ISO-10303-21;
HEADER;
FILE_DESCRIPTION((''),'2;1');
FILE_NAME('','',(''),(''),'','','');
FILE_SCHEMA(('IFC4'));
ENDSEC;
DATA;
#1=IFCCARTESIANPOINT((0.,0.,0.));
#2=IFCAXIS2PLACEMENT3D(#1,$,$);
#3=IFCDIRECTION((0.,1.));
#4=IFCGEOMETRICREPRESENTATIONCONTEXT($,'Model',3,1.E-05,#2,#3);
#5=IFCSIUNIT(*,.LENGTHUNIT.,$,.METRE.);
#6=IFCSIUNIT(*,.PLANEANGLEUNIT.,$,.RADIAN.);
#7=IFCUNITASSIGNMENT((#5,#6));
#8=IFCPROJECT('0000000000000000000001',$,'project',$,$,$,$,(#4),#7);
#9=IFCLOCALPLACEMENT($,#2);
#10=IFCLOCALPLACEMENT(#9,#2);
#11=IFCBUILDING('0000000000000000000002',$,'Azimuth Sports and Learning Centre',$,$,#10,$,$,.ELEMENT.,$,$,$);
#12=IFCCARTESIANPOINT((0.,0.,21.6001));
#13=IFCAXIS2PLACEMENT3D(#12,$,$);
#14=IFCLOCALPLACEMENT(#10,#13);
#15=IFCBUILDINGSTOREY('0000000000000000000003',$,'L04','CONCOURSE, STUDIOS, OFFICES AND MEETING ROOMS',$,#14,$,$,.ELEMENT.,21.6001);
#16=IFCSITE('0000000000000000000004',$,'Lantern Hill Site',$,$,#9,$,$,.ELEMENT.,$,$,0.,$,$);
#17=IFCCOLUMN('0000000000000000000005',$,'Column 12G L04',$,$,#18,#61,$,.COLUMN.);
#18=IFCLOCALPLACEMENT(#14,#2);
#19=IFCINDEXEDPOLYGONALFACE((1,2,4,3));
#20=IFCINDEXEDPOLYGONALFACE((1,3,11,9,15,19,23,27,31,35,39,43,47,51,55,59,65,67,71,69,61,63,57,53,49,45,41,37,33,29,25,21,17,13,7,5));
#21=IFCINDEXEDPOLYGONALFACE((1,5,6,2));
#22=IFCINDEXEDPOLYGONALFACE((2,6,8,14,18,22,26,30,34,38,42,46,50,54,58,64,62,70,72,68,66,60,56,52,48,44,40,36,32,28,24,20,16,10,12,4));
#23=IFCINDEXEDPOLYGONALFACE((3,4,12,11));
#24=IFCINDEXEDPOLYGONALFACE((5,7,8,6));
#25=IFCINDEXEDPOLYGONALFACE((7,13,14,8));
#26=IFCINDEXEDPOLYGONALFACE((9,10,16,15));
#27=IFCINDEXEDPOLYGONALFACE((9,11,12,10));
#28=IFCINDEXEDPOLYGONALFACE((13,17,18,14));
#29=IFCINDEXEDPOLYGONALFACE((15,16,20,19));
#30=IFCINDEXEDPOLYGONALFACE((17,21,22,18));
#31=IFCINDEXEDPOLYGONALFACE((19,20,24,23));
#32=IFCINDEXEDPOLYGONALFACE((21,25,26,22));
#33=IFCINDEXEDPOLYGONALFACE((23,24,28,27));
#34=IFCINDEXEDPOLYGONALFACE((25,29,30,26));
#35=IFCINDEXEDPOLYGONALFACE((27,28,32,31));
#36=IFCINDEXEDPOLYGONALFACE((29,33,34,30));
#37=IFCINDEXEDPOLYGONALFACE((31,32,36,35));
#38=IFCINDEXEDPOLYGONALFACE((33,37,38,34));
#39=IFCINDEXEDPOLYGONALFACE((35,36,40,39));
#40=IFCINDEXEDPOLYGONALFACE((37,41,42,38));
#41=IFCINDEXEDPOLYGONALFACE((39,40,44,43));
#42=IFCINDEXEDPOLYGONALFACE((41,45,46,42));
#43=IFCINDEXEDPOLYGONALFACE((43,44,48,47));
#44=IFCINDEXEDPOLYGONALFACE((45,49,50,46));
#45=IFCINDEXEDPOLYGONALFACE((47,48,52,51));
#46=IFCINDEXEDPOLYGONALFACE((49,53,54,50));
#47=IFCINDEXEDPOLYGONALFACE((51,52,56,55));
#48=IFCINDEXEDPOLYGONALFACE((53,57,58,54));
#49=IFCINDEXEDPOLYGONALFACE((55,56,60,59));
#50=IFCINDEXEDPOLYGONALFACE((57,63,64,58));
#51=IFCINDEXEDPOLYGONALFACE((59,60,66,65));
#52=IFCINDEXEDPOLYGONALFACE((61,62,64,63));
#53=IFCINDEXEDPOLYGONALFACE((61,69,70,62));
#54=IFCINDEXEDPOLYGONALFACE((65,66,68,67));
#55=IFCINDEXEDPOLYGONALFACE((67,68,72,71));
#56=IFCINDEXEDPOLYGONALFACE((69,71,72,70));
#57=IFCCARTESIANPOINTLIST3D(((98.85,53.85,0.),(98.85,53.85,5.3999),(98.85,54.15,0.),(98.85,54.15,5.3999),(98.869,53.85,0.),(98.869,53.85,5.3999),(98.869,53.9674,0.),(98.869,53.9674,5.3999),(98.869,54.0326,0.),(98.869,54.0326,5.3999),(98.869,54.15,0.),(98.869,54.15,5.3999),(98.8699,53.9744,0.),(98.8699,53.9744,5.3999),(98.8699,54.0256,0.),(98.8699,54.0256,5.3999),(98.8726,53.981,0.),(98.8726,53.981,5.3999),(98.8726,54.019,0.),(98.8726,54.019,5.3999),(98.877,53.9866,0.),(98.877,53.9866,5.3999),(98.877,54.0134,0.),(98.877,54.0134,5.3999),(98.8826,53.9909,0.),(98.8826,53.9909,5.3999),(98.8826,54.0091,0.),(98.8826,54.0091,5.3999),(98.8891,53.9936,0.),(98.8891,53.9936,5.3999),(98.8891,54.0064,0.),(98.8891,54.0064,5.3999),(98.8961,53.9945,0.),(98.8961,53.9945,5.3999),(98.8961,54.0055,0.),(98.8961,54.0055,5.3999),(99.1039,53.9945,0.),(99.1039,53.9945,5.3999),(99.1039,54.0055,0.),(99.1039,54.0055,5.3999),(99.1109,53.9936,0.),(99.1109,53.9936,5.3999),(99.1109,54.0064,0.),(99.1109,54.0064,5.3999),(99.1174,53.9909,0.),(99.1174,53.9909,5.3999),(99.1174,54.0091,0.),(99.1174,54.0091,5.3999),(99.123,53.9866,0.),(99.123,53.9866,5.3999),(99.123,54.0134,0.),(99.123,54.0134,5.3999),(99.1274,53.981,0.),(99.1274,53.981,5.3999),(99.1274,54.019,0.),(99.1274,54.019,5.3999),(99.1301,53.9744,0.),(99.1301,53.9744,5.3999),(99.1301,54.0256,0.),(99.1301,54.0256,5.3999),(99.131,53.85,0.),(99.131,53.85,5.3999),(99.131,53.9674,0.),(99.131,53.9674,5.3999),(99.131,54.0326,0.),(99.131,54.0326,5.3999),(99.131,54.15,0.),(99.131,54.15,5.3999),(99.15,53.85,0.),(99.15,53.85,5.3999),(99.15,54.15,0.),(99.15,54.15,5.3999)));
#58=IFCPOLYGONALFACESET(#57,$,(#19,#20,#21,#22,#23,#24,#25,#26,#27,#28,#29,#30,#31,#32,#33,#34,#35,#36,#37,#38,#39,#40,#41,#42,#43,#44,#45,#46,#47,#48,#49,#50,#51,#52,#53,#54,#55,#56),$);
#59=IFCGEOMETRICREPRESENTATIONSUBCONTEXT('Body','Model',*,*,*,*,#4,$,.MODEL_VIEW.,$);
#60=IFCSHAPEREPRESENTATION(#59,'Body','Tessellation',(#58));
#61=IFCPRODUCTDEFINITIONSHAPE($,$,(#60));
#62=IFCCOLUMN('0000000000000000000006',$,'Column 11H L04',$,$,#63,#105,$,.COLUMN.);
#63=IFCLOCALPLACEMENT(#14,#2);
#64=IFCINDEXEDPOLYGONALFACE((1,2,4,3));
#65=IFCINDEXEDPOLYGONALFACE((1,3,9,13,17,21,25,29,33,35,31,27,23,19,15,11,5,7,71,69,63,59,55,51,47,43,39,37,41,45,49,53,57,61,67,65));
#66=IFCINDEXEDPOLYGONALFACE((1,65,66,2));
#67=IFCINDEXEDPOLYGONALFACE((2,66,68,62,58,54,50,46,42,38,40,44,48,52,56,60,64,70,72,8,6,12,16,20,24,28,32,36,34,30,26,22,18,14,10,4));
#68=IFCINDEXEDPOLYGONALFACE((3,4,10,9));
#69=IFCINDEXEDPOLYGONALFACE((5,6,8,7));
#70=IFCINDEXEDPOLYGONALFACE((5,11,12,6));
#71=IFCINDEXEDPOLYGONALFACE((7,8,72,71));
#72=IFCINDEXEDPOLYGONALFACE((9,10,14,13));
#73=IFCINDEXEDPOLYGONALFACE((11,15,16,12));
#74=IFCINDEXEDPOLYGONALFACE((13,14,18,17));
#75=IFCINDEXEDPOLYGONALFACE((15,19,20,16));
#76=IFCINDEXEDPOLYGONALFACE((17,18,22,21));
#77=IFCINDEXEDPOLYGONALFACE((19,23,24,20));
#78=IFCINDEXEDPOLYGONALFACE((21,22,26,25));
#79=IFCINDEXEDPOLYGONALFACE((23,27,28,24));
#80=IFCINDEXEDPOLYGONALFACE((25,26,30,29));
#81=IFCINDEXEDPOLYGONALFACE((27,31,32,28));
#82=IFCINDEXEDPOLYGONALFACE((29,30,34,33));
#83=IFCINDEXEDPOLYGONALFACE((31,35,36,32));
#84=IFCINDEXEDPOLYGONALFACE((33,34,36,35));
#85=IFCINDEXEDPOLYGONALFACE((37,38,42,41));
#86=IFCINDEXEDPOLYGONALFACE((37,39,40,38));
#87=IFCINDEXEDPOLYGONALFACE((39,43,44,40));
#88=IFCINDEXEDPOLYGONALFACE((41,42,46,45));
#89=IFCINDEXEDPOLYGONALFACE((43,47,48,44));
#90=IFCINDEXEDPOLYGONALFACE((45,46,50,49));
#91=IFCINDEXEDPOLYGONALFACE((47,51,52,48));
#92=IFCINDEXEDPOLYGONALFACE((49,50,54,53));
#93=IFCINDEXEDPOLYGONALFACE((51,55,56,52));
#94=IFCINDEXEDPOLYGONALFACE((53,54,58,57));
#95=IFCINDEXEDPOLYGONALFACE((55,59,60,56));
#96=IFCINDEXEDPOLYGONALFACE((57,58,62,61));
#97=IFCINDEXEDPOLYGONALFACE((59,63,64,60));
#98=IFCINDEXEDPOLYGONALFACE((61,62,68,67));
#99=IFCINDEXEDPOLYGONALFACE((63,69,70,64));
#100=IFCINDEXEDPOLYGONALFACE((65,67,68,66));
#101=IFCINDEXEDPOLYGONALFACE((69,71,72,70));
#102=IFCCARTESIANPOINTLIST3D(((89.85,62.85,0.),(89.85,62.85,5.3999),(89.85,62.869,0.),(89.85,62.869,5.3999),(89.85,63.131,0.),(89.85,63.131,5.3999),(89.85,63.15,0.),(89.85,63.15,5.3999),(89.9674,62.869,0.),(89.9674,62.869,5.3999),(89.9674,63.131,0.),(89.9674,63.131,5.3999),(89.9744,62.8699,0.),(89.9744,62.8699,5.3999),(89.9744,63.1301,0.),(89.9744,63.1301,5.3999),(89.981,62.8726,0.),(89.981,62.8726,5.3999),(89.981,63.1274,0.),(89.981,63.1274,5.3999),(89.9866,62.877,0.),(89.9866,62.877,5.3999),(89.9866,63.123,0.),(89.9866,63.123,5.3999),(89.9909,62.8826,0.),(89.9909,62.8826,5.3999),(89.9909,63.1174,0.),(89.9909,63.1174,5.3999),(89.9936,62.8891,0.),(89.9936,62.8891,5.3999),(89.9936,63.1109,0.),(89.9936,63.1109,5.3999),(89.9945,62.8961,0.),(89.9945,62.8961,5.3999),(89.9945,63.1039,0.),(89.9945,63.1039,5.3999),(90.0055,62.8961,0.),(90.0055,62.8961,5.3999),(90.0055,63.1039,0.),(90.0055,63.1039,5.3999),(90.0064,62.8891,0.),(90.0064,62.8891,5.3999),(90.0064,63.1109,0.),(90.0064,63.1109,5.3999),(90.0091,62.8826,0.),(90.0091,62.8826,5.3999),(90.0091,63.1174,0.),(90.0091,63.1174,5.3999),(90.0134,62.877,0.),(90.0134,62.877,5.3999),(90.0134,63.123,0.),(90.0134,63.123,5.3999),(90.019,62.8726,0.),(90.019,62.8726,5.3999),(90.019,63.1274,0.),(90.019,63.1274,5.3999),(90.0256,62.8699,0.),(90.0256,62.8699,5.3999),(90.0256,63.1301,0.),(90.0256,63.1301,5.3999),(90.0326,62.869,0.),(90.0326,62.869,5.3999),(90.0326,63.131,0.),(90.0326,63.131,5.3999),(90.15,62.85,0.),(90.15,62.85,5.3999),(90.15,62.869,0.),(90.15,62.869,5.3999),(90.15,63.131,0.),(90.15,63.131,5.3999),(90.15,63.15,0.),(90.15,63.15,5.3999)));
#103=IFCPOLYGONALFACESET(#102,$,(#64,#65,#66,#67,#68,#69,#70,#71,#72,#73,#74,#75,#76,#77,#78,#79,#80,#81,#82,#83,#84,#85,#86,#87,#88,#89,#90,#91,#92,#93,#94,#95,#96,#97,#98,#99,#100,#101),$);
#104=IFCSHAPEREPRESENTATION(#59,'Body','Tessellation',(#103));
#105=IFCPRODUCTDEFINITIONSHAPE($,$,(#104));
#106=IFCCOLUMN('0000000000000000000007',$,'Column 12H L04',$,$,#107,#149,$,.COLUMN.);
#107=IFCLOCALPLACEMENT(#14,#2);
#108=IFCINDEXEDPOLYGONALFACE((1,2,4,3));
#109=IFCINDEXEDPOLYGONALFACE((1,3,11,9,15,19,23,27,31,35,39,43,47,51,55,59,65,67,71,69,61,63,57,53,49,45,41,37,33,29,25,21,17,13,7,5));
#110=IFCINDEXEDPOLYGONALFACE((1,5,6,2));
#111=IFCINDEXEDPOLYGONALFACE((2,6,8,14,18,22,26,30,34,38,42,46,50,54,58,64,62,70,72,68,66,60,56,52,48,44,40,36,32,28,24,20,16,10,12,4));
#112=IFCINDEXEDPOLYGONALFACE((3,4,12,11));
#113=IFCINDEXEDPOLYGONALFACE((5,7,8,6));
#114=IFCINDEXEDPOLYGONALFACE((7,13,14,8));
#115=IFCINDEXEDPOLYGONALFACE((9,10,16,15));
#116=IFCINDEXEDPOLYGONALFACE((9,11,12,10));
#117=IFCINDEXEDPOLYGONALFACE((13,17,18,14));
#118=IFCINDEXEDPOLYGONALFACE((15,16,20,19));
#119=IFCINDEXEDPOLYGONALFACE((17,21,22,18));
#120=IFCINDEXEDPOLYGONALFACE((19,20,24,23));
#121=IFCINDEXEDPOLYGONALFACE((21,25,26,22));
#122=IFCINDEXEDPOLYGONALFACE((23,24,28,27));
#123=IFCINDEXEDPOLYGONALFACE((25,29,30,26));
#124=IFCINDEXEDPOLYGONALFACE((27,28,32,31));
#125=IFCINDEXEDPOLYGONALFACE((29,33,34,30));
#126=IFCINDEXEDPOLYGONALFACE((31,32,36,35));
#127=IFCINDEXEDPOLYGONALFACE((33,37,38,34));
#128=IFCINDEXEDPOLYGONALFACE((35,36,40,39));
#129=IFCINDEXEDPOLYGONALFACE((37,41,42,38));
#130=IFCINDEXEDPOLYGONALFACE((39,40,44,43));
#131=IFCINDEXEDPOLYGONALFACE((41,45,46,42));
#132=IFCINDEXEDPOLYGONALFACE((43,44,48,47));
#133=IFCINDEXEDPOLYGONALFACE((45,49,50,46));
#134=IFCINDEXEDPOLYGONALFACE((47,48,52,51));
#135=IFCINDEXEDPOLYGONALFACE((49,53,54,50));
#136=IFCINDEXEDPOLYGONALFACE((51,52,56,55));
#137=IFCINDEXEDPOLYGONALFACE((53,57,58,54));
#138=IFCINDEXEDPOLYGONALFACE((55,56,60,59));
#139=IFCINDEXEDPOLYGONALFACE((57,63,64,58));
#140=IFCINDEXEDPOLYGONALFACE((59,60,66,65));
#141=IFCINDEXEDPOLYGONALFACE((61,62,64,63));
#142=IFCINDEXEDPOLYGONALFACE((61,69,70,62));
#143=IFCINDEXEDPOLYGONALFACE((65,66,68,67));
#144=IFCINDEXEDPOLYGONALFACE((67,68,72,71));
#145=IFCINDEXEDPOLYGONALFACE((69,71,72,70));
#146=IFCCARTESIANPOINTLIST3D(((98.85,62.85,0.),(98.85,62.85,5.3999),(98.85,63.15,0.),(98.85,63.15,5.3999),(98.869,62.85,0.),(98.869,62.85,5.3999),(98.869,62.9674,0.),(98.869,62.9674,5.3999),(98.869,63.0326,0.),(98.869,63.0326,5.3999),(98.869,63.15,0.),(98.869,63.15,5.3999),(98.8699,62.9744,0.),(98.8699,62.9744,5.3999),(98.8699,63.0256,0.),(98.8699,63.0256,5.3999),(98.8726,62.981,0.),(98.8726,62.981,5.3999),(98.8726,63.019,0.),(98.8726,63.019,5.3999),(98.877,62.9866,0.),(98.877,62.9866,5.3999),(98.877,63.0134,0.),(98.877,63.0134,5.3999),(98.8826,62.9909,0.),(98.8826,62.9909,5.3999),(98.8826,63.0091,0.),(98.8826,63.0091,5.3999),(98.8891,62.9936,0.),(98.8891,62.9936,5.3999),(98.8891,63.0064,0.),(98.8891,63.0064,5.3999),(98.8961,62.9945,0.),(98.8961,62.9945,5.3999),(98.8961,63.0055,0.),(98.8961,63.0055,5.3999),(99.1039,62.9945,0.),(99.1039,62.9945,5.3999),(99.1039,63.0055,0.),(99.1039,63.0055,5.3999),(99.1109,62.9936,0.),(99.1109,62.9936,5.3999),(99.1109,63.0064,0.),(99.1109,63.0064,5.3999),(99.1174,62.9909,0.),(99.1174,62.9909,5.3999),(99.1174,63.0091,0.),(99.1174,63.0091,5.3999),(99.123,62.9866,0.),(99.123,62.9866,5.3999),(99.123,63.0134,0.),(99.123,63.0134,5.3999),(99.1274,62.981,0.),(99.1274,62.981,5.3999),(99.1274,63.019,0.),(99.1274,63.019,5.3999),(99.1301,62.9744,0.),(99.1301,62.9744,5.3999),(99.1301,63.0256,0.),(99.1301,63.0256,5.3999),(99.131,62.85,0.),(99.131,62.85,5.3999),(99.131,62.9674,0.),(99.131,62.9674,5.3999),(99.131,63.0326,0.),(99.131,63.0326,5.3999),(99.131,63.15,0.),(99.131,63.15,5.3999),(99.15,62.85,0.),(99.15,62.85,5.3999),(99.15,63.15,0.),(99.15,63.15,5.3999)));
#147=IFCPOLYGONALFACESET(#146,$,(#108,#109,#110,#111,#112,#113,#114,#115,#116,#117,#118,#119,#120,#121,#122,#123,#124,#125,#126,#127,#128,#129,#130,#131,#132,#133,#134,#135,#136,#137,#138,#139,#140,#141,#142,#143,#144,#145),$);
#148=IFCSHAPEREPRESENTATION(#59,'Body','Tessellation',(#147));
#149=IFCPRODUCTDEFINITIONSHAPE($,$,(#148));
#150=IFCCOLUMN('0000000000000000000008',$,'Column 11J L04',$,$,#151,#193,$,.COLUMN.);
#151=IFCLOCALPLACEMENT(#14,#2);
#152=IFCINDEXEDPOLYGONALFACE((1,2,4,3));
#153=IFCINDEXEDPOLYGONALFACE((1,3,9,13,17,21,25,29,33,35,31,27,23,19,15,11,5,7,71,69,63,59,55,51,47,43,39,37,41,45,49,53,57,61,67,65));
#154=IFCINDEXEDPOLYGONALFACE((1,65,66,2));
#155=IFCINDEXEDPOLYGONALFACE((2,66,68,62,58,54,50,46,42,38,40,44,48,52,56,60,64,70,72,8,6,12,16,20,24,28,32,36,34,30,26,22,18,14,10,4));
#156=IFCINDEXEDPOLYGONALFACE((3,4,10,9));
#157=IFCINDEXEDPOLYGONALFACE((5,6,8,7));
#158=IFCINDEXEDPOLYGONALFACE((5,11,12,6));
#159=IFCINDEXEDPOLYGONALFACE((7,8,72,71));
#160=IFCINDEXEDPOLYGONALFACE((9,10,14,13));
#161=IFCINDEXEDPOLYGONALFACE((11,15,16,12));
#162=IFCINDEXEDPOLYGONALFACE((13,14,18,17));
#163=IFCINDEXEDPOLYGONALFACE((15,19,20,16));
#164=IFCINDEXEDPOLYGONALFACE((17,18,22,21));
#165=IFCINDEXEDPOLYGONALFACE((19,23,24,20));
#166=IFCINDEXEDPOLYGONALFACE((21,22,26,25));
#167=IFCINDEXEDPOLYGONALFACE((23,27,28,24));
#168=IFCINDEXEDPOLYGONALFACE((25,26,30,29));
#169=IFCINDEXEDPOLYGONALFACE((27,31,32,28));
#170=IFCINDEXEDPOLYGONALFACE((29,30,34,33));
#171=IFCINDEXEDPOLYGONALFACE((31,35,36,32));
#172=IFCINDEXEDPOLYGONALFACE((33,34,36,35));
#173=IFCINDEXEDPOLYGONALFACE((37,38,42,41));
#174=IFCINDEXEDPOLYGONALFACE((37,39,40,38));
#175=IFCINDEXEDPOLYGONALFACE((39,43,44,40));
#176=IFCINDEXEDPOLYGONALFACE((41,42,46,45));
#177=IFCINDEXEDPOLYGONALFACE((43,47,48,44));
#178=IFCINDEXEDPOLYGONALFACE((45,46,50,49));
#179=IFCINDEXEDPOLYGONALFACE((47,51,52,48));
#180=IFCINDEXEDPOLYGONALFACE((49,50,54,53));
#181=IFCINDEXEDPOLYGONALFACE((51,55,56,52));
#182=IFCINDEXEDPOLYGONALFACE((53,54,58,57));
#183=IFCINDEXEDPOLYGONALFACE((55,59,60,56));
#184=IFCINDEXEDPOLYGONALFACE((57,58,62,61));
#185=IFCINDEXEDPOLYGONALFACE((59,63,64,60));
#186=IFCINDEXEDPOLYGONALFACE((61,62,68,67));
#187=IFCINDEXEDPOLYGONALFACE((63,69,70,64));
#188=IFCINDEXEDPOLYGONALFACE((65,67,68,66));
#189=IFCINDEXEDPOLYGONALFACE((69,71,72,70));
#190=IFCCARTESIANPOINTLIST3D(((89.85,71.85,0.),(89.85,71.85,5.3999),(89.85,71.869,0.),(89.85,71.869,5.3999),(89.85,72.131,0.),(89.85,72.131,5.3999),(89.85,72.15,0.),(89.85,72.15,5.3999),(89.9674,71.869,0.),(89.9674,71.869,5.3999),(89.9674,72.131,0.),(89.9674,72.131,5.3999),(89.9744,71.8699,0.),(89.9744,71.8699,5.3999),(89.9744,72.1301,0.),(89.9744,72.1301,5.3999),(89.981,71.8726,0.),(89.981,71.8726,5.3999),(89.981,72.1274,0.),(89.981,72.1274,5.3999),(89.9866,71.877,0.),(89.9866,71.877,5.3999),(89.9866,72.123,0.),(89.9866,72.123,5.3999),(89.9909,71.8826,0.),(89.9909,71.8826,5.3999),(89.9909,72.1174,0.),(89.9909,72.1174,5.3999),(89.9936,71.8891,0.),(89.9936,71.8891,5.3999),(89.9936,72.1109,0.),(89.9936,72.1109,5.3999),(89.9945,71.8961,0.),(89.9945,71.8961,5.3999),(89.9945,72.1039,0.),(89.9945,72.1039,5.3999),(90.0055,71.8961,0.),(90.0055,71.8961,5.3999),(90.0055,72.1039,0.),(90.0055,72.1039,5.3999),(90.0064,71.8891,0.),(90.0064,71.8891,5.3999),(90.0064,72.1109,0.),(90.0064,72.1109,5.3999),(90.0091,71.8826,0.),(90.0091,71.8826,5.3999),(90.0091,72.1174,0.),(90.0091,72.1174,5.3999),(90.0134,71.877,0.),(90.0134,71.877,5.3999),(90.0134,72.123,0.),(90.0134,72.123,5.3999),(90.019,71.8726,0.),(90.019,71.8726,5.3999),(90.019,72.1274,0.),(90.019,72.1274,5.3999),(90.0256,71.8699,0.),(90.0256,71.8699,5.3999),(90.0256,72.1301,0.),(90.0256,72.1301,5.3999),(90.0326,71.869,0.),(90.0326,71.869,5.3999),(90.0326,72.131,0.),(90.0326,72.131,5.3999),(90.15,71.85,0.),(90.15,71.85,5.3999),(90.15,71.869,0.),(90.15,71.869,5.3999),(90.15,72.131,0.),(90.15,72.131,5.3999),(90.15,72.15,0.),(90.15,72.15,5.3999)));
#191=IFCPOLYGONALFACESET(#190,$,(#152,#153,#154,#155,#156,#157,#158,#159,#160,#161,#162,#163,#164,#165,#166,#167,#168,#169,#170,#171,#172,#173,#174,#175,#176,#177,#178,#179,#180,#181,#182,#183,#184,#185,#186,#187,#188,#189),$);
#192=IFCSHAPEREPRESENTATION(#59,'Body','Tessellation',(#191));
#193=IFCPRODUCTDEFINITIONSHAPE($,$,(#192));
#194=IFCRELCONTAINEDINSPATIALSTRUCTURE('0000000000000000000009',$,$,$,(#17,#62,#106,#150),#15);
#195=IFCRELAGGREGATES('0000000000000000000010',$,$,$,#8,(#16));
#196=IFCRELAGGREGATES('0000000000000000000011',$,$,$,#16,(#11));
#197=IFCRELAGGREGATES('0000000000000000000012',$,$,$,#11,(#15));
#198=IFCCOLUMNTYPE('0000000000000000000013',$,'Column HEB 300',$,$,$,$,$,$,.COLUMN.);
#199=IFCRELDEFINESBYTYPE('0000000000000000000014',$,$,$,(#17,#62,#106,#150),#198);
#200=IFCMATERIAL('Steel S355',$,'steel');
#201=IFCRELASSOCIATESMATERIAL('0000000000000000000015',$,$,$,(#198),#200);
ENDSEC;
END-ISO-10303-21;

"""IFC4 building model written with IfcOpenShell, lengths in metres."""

from ifc_helpers import new_model, si_unit, direction, frame, origin, origin_2d, place, context, subcontext, project, spatial, i_section, extrude, material, material_profile, profile_set, type_object, element, save


model = new_model("IFC4")

# Units and contexts
model_context = context("Model", 3, precision=1e-05, world=origin(), true_north=direction((0.0, 1.0)))
body_context = subcontext(model_context, "Body", "Model", "MODEL_VIEW")
ifc_project = project(units=[si_unit("LENGTHUNIT", "METRE"), si_unit("PLANEANGLEUNIT", "RADIAN")], contexts=[model_context])

# Site, building, storey
site_placement = place(None, origin())
site = spatial("IfcSite", under=ifc_project, at=site_placement, Name="Lantern Hill Site", CompositionType="ELEMENT", RefElevation=0.0)
building_placement = place(site_placement, origin())
building = spatial("IfcBuilding", under=site, at=building_placement, Name="Azimuth Sports and Learning Centre", CompositionType="ELEMENT")
storey_placement = place(building_placement, frame((0.0, 0.0, 21.6001)))
storey = spatial("IfcBuildingStorey", under=building, at=storey_placement, Name="L04", Description="CONCOURSE, STUDIOS, OFFICES AND MEETING ROOMS", CompositionType="ELEMENT", Elevation=21.6001)

# Columns
ifc_material_1 = material(Name="Steel S355", Category="steel")
ifc_material_profile_1 = material_profile(ifc_material_1, i_section(OverallWidth=0.3, OverallDepth=0.3, WebThickness=0.011, FlangeThickness=0.019, FilletRadius=0.0271, at=origin_2d()), Name="HEB 300")
ifc_profile_set_1 = profile_set([ifc_material_profile_1], Name="Steel S355")
column_type = type_object("IfcColumnType", Name="Column HEB 300", PredefinedType="COLUMN", material=ifc_profile_set_1)
for number, where, z_axis, x_axis, name in (
    (1, (99.0, 54.0, 0.0), (0.0, 0.0, 1.0), (0.0, 1.0, 0.0), "Column 12G L04"),
    (2, (90.0, 63.0, 0.0), (0.0, 0.0, 1.0), (1.0, 0.0, 0.0), "Column 11H L04"),
    (3, (99.0, 63.0, 0.0), (0.0, 0.0, 1.0), (0.0, 1.0, 0.0), "Column 12H L04"),
    (4, (90.0, 72.0, 0.0), (0.0, 0.0, 1.0), (1.0, 0.0, 0.0), "Column 11J L04"),
):
    element("IfcColumn", number, at=place(storey_placement, frame(where, z_axis=z_axis, x_axis=x_axis)), inside=storey, type_object=column_type, Name=name, PredefinedType="COLUMN", context=body_context, shape_type="SweptSolid", body=[
        extrude(i_section(OverallWidth=0.3, OverallDepth=0.3, WebThickness=0.011, FlangeThickness=0.019, FilletRadius=0.0271, at=origin_2d()), origin(), (0.0, 0.0, 1.0), 5.3999),
    ])

save(model, "model.ifc")
